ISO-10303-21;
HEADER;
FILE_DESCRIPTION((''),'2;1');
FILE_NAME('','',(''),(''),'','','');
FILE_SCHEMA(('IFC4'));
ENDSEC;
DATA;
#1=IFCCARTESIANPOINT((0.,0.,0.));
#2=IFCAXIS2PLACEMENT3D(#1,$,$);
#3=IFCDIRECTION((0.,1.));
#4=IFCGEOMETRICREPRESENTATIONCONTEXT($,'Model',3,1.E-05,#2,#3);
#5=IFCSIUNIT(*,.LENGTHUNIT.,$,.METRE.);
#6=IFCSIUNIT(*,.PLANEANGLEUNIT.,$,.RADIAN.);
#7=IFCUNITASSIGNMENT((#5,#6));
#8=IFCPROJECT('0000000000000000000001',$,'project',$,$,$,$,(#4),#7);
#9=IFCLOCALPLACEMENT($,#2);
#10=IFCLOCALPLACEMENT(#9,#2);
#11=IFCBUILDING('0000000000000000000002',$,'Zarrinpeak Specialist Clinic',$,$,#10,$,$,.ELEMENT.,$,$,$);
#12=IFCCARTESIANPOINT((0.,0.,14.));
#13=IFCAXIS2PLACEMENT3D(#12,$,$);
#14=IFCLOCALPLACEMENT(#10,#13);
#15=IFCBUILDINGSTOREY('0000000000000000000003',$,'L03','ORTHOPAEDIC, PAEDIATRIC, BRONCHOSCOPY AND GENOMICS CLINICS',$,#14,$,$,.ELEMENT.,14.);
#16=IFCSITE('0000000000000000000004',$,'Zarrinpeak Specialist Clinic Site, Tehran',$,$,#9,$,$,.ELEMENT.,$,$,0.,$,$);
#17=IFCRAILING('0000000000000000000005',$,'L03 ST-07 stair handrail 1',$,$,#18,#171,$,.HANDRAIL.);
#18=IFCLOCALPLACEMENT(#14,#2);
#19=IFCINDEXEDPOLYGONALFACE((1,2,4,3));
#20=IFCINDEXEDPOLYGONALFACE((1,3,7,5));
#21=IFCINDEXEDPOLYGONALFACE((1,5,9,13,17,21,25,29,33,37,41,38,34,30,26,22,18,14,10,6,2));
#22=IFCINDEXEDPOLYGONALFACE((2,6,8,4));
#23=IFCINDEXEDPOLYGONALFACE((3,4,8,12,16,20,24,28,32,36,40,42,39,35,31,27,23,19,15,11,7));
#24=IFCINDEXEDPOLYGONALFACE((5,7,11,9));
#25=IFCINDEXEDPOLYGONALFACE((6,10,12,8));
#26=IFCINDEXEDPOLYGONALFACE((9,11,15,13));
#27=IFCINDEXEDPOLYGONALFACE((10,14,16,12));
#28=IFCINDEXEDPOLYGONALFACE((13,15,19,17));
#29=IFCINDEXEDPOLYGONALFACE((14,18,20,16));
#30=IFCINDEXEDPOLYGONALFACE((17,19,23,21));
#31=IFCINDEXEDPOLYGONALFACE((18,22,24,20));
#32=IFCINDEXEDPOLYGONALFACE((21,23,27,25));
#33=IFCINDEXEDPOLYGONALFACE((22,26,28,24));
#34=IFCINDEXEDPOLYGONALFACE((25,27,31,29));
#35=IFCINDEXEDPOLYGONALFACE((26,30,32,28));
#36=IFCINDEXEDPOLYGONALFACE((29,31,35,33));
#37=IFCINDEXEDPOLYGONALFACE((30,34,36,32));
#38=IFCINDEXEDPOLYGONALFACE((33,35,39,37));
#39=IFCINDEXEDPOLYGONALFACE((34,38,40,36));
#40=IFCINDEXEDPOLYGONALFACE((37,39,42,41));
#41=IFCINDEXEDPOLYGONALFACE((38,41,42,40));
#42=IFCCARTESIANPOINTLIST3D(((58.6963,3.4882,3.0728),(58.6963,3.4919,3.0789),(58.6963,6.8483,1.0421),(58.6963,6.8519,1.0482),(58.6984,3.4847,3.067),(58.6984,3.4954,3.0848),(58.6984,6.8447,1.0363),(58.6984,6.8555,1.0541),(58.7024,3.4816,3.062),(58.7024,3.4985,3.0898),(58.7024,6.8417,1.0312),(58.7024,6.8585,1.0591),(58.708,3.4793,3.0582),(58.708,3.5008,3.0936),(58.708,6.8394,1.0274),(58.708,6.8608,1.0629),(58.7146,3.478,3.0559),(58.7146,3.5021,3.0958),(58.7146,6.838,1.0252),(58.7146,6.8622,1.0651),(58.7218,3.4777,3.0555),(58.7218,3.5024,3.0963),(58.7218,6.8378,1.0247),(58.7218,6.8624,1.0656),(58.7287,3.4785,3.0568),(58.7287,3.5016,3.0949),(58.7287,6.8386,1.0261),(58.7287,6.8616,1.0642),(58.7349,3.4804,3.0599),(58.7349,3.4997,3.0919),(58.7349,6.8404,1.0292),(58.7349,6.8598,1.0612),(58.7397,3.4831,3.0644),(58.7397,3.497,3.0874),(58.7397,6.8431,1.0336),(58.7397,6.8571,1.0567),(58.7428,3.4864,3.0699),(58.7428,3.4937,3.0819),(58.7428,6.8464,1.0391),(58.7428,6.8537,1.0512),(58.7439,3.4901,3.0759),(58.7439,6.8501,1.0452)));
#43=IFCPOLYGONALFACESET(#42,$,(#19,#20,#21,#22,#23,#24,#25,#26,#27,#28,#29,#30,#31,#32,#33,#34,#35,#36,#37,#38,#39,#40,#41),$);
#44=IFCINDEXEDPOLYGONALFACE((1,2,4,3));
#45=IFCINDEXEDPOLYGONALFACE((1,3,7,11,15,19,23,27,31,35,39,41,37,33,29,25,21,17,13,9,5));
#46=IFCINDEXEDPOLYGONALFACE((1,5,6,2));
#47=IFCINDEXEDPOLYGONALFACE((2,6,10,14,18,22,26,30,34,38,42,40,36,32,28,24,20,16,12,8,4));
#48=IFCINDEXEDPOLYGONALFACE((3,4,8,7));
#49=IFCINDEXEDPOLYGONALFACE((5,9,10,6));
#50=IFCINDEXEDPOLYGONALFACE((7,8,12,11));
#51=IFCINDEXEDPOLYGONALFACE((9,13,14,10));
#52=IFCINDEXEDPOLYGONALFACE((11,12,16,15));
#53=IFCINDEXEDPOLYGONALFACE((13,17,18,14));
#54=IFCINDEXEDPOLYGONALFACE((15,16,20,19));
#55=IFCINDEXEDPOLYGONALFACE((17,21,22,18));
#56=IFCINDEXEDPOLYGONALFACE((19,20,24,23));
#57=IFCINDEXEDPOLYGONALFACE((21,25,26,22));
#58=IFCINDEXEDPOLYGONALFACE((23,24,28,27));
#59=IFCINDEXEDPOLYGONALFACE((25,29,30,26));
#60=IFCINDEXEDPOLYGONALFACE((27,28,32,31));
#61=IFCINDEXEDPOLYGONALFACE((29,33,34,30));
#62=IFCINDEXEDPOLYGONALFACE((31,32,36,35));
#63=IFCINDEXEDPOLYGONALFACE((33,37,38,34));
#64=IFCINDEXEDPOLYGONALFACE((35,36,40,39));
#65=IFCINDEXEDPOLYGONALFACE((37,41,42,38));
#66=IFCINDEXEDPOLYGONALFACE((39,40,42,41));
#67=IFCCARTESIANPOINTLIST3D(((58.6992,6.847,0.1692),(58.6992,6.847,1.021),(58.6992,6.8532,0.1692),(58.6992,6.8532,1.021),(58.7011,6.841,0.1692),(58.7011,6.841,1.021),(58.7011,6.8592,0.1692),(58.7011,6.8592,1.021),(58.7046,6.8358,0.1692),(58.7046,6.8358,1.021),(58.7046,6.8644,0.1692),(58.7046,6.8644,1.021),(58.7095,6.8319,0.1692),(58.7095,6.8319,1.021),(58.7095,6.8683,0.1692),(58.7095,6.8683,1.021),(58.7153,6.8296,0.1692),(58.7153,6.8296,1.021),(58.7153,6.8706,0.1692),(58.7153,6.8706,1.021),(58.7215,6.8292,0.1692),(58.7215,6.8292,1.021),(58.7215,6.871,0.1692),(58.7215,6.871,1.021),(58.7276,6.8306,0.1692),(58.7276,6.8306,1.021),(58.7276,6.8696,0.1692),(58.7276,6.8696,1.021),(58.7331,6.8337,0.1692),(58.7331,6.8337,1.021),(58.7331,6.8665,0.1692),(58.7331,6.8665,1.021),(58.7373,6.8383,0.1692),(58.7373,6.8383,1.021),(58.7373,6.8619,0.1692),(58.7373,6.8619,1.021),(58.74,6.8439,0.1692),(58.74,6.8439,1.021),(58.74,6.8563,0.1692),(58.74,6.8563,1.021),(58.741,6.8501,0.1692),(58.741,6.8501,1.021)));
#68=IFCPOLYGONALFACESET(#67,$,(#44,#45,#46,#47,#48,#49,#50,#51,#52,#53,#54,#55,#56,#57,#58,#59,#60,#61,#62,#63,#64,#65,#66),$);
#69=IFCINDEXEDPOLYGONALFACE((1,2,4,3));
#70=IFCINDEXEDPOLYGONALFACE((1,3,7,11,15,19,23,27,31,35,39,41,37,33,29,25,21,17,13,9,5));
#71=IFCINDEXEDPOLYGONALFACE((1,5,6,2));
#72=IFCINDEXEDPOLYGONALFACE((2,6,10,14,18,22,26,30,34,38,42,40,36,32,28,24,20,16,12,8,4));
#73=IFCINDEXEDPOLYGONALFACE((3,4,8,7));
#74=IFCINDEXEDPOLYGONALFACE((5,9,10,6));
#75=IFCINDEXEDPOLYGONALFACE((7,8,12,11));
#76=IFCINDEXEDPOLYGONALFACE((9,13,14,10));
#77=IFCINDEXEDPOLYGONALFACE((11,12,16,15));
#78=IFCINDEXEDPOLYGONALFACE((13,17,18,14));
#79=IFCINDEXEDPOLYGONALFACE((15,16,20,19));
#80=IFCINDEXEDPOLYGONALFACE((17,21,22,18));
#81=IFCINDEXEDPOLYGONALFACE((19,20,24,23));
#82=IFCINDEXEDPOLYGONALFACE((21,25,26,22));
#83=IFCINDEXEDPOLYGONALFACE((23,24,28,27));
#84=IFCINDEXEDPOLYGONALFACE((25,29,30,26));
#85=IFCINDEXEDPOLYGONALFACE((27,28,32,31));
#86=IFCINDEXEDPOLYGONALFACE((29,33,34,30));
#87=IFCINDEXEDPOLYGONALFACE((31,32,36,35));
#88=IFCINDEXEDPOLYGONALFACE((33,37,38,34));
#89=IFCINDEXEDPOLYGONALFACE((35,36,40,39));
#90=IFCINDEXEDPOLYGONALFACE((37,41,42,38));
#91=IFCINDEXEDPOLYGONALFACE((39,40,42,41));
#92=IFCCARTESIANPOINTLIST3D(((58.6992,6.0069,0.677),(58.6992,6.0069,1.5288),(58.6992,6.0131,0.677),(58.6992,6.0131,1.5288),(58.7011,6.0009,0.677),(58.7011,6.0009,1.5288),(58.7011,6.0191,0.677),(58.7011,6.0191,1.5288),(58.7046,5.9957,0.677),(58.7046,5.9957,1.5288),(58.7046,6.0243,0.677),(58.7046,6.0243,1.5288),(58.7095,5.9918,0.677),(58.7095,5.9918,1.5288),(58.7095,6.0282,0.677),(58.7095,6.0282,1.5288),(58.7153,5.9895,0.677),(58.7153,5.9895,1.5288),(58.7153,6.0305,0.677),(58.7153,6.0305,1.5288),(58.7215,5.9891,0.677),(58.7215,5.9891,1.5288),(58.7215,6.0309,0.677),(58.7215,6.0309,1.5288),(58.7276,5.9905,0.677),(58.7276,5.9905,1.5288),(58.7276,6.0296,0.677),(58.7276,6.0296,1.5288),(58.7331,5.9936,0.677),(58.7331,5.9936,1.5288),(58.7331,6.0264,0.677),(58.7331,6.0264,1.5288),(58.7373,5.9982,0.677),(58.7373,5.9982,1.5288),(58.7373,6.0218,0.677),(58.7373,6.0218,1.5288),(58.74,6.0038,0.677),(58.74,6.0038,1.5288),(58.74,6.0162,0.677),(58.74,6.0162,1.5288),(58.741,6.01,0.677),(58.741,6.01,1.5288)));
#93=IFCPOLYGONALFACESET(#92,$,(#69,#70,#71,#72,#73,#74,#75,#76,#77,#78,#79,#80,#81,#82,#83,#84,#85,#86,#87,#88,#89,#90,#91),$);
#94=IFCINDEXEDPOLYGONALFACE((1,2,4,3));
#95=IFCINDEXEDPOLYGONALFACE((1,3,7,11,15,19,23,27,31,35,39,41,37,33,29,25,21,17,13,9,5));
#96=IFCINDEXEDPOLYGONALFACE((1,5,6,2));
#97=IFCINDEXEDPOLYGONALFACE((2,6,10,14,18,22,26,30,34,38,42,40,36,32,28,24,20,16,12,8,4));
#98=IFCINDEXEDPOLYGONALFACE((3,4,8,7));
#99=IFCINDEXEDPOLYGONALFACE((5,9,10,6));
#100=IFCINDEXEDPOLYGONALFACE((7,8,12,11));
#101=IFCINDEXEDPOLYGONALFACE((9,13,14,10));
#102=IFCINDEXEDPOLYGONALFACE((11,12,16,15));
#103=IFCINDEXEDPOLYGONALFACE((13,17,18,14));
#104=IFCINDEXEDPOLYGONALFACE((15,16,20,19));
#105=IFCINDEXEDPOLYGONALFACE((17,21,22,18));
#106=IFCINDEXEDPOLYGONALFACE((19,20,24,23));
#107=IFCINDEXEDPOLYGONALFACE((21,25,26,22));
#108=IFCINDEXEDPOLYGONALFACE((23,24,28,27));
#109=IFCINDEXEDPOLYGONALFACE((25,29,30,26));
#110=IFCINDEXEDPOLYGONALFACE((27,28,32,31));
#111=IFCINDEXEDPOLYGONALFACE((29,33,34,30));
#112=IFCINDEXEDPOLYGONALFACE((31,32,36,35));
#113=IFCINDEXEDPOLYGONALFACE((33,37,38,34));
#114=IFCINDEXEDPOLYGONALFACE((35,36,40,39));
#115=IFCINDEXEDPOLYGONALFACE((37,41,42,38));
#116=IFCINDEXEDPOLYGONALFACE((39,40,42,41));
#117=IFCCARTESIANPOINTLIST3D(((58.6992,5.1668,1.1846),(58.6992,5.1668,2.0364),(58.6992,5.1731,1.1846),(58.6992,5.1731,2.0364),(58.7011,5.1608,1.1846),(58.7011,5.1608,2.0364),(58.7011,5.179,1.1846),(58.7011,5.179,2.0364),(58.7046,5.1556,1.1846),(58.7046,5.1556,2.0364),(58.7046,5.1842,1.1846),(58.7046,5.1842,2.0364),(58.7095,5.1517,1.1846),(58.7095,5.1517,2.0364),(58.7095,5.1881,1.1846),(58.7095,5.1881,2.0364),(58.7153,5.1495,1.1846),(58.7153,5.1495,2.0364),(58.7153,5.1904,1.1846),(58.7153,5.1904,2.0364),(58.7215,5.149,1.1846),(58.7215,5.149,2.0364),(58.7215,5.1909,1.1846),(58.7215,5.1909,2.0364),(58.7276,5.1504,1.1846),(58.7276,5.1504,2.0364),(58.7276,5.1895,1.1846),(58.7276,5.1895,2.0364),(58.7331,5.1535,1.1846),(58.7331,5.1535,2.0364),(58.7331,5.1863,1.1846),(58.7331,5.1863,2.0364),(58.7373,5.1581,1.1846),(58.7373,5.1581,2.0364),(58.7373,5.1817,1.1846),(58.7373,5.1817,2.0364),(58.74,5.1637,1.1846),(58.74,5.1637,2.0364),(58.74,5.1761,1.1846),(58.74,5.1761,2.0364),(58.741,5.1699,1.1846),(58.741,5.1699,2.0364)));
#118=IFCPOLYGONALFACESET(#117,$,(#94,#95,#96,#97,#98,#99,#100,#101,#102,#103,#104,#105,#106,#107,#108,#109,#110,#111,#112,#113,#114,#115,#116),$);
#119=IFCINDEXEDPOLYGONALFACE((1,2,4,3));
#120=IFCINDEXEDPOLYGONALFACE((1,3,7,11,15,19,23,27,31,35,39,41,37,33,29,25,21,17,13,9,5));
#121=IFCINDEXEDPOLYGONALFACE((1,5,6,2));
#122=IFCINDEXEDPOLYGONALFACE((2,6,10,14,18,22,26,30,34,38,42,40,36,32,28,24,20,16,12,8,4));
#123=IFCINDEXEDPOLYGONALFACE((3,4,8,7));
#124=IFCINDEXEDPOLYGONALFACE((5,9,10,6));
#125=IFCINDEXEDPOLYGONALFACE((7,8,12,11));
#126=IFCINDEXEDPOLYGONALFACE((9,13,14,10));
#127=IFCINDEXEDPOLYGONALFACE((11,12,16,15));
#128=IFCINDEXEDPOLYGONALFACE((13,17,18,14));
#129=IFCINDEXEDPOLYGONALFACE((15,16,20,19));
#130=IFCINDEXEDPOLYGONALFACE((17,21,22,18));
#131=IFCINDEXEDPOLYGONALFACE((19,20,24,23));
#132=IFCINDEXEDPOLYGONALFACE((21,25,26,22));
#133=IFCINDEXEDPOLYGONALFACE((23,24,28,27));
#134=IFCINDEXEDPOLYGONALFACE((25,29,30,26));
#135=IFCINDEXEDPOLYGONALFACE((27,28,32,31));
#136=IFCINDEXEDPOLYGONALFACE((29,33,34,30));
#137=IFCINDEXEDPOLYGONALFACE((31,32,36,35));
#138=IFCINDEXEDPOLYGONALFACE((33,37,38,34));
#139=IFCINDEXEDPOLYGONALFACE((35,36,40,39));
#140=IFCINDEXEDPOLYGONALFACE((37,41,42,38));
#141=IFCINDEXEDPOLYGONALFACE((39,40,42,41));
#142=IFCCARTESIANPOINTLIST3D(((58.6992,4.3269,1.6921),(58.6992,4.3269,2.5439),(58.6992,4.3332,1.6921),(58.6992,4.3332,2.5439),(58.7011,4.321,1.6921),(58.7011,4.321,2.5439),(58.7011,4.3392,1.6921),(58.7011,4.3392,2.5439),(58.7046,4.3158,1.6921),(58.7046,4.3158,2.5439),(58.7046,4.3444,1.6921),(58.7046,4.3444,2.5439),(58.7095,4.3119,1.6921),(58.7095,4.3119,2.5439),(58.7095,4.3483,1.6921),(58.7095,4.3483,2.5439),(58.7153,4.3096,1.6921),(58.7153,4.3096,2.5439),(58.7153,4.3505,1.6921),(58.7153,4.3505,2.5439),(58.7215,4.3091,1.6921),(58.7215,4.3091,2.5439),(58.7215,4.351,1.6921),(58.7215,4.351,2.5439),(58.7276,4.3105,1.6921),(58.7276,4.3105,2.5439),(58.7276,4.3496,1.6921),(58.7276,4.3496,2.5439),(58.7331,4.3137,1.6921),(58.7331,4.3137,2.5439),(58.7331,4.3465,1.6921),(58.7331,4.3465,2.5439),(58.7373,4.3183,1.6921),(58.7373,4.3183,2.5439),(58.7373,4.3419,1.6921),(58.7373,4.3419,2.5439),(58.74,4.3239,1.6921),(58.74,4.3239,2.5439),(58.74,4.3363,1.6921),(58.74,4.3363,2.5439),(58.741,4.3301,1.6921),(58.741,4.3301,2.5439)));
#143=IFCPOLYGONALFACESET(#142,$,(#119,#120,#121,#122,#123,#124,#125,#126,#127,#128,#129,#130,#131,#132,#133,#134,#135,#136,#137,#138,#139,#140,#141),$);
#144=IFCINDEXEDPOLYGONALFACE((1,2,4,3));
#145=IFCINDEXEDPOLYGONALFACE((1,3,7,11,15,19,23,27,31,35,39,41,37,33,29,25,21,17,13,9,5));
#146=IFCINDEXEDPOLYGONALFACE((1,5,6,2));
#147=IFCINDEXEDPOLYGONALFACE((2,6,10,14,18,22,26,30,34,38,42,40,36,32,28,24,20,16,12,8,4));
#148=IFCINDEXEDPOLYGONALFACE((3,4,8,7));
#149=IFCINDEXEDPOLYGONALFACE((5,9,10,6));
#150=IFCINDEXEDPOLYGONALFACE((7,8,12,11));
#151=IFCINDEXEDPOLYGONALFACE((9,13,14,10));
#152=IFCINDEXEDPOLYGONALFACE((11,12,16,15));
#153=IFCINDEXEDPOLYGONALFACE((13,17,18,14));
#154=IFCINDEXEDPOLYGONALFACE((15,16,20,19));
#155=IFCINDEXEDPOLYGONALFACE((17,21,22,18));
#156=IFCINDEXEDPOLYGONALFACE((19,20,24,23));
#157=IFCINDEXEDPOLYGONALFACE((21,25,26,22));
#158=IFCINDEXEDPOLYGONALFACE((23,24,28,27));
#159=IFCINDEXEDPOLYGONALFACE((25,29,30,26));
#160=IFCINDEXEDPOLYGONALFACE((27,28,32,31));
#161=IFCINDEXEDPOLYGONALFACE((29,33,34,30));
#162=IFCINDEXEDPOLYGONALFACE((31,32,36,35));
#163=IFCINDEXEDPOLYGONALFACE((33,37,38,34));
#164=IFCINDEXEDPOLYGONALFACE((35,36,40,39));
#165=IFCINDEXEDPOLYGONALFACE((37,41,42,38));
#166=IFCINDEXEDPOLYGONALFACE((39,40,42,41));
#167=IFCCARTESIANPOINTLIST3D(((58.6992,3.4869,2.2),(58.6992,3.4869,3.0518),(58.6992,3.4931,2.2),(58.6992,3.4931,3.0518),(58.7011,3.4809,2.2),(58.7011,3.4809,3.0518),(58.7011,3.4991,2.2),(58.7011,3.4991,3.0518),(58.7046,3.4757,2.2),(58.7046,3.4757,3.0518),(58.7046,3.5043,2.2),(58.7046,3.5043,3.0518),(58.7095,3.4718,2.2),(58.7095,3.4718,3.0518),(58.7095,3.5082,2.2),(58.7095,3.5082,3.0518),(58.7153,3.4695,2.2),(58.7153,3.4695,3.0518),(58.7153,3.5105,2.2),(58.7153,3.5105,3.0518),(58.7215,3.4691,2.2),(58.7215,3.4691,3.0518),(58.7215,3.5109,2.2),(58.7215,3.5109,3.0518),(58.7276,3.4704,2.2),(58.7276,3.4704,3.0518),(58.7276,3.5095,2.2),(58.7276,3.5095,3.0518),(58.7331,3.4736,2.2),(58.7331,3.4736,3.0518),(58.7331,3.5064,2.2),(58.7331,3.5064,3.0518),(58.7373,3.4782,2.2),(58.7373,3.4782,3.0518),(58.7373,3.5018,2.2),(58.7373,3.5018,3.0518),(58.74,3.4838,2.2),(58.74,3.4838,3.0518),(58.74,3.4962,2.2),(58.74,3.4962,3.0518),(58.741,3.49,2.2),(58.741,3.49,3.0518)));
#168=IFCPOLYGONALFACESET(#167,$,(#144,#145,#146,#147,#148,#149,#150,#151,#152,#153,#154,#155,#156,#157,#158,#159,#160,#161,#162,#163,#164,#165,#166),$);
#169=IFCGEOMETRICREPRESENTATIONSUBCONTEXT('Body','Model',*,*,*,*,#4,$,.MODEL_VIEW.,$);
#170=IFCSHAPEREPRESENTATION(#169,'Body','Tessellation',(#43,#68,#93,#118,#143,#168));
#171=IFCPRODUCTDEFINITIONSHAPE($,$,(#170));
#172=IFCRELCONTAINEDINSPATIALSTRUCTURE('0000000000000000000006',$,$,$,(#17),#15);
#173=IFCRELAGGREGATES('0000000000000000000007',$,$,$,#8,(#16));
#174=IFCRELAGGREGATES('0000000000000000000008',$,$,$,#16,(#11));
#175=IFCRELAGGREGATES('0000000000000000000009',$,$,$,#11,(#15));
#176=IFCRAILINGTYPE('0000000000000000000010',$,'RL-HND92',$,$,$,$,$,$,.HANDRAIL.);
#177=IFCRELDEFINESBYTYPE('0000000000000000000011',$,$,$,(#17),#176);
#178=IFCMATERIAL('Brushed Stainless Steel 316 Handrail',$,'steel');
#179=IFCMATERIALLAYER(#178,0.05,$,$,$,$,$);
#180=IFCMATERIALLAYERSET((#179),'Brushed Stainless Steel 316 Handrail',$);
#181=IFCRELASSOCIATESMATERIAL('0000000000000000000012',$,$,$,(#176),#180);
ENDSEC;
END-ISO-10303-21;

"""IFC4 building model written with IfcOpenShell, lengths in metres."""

from ifc_helpers import new_model, si_unit, direction, frame, origin, origin_2d, place, context, subcontext, project, spatial, circle, extrude, material, layer, layer_set, type_object, element, save


model = new_model("IFC4")

# Units and contexts
model_context = context("Model", 3, precision=1e-05, world=origin(), true_north=direction((0.0, 1.0)))
body_context = subcontext(model_context, "Body", "Model", "MODEL_VIEW")
ifc_project = project(units=[si_unit("LENGTHUNIT", "METRE"), si_unit("PLANEANGLEUNIT", "RADIAN")], contexts=[model_context])

# Site, building, storey
site_placement = place(None, origin())
site = spatial("IfcSite", under=ifc_project, at=site_placement, Name="Zarrinpeak Specialist Clinic Site, Tehran", CompositionType="ELEMENT", RefElevation=0.0)
building_placement = place(site_placement, origin())
building = spatial("IfcBuilding", under=site, at=building_placement, Name="Zarrinpeak Specialist Clinic", CompositionType="ELEMENT")
storey_placement = place(building_placement, frame((0.0, 0.0, 14.0)))
storey = spatial("IfcBuildingStorey", under=building, at=storey_placement, Name="L03", Description="ORTHOPAEDIC, PAEDIATRIC, BRONCHOSCOPY AND GENOMICS CLINICS", CompositionType="ELEMENT", Elevation=14.0)

# Railing
ifc_material_1 = material(Name="Brushed Stainless Steel 316 Handrail", Category="steel")
ifc_layer_1 = layer(ifc_material_1, 0.05)
ifc_layer_set_1 = layer_set([ifc_layer_1], Name="Brushed Stainless Steel 316 Handrail")
railing_type = type_object("IfcRailingType", Name="RL-HND92", PredefinedType="HANDRAIL", material=ifc_layer_set_1)
railing_placement = place(storey_placement, frame((58.72, 6.8501, 0.1692)))
element("IfcRailing", 1, at=railing_placement, inside=storey, type_object=railing_type, Name="L03 ST-07 stair handrail 1", PredefinedType="HANDRAIL", context=body_context, shape_type="SweptSolid", body=[
    extrude(circle(Radius=0.0239, at=origin_2d()), frame((0.0, 0.0, 0.876), z_axis=(0.0, -0.855837, 0.517246), x_axis=(1.0, 0.0, 0.0)), (0.0, 0.0, 1.0), 3.926),
    extrude(circle(Radius=0.021, at=origin_2d()), origin(), (0.0, 0.0, 1.0), 0.8518),
    extrude(circle(Radius=0.021, at=origin_2d()), frame((0.0, -0.8401, 0.5078)), (0.0, 0.0, 1.0), 0.8518),
    extrude(circle(Radius=0.021, at=origin_2d()), frame((0.0, -1.6802, 1.0154)), (0.0, 0.0, 1.0), 0.8518),
    extrude(circle(Radius=0.021, at=origin_2d()), frame((0.0, -2.52, 1.5229)), (0.0, 0.0, 1.0), 0.8518),
    extrude(circle(Radius=0.021, at=origin_2d()), frame((0.0, -3.3601, 2.0308)), (0.0, 0.0, 1.0), 0.8518),
])

save(model, "model.ifc")
